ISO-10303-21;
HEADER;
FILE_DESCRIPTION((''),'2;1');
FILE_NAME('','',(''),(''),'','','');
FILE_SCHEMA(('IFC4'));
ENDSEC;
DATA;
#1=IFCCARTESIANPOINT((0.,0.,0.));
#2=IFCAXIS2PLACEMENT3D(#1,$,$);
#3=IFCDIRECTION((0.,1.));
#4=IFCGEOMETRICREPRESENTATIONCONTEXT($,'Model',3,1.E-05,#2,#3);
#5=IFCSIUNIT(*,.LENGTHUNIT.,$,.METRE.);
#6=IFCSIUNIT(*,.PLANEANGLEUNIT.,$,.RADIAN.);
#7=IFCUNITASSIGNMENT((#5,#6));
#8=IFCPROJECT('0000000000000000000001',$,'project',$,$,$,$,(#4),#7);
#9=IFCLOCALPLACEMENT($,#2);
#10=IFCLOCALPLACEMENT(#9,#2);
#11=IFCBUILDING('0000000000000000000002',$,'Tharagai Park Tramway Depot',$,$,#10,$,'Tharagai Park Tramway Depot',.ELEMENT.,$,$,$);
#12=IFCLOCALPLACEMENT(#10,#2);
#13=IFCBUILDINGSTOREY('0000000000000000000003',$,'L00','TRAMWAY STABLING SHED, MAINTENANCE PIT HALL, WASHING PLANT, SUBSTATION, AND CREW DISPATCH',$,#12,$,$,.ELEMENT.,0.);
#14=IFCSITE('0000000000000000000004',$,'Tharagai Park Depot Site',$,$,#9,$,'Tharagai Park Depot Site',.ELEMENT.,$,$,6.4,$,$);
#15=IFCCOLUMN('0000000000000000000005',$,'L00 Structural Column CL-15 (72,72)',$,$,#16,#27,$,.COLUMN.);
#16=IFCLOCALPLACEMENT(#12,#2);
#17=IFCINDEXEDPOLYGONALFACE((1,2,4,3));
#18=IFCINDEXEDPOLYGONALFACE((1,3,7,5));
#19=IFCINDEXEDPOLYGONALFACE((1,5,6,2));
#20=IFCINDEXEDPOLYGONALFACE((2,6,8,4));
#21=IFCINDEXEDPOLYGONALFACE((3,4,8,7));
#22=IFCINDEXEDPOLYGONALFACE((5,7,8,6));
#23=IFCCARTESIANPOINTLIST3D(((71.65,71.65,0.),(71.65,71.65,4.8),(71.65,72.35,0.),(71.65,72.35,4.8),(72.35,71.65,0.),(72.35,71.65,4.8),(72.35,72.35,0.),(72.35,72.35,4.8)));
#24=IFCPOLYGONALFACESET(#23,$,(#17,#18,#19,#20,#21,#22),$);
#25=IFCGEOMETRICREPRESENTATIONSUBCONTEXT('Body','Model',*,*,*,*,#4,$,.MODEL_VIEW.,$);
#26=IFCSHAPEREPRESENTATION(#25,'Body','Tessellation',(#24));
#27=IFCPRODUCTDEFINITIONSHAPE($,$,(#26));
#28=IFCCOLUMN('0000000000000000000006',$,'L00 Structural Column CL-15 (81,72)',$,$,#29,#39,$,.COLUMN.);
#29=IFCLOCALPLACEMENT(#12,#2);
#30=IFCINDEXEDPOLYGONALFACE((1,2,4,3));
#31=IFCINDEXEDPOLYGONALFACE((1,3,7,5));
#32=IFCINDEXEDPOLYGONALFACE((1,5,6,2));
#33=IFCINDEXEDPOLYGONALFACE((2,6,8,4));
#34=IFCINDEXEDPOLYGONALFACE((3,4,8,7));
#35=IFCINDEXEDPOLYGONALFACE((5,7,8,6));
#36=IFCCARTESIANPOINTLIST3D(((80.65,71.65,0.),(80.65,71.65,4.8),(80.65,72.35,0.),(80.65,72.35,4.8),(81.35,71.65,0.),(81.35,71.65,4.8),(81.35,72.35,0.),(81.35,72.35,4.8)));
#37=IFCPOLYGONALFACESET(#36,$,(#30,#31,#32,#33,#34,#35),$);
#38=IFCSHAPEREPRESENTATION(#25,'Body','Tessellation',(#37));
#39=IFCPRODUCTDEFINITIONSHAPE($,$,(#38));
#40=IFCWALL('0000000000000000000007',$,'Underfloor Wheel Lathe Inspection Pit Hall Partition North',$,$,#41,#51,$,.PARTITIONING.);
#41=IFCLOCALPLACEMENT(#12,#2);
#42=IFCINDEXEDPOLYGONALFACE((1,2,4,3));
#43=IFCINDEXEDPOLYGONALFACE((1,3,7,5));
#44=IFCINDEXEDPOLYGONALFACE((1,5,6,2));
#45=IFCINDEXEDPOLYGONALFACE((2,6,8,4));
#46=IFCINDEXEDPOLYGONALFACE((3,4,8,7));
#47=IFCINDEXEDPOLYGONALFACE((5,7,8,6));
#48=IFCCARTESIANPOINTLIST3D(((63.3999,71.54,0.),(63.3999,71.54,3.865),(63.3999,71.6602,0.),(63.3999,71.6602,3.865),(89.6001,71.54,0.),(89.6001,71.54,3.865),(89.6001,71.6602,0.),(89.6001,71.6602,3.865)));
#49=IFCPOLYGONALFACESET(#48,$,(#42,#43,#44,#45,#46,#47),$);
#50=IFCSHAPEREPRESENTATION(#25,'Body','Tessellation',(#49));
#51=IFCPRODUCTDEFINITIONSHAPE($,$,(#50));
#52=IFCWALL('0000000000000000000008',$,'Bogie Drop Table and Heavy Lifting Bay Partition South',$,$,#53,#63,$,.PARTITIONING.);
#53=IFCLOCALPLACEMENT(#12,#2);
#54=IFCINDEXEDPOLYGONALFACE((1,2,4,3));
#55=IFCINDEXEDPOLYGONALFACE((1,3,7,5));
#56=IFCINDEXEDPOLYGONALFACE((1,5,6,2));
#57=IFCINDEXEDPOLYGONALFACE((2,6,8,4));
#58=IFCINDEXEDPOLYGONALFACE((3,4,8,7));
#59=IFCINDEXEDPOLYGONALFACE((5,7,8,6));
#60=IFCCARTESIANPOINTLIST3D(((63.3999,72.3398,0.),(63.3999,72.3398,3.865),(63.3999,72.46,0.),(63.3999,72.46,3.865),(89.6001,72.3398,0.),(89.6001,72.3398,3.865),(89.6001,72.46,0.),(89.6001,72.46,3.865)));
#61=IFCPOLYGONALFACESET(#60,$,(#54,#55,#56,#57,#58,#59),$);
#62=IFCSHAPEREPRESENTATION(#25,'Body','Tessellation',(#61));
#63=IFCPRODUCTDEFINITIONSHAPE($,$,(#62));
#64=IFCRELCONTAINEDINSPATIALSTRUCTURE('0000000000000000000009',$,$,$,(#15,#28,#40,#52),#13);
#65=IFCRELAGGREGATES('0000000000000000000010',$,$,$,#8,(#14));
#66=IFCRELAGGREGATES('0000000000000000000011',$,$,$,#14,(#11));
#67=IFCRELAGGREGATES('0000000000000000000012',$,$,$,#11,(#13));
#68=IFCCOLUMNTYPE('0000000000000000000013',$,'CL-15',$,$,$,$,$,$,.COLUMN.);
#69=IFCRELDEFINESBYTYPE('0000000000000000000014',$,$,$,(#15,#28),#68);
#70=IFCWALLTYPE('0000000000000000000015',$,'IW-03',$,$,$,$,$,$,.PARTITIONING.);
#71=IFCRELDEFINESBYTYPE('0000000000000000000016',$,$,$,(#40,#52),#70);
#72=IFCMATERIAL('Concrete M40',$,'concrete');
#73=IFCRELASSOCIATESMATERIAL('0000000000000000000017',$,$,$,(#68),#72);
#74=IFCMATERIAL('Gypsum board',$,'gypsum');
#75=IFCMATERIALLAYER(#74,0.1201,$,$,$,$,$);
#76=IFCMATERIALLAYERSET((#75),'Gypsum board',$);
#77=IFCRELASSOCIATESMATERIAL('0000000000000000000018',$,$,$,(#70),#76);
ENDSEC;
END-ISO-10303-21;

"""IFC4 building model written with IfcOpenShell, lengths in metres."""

from ifc_helpers import new_model, si_unit, direction, frame, frame_2d, origin, origin_2d, place, context, subcontext, project, spatial, rectangle, extrude, material, layer, layer_set, material_profile, profile_set, type_object, element, save


model = new_model("IFC4")

# Units and contexts
model_context = context("Model", 3, precision=1e-05, world=origin(), true_north=direction((0.0, 1.0)))
body_context = subcontext(model_context, "Body", "Model", "MODEL_VIEW")
ifc_project = project(units=[si_unit("LENGTHUNIT", "METRE"), si_unit("PLANEANGLEUNIT", "RADIAN")], contexts=[model_context])

# Site, building, storey
site_placement = place(None, origin())
site = spatial("IfcSite", under=ifc_project, at=site_placement, Name="Tharagai Park Depot Site", LongName="Tharagai Park Depot Site", CompositionType="ELEMENT", RefElevation=6.4)
building_placement = place(site_placement, origin())
building = spatial("IfcBuilding", under=site, at=building_placement, Name="Tharagai Park Tramway Depot", LongName="Tharagai Park Tramway Depot", CompositionType="ELEMENT")
storey_placement = place(building_placement, origin())
storey = spatial("IfcBuildingStorey", under=building, at=storey_placement, Name="L00", Description="TRAMWAY STABLING SHED, MAINTENANCE PIT HALL, WASHING PLANT, SUBSTATION, AND CREW DISPATCH", CompositionType="ELEMENT", Elevation=0.0)

# Shared definitions
ifc_material_1 = material(Name="Concrete M40", Category="concrete")

# Columns
ifc_material_profile_1 = material_profile(ifc_material_1, rectangle(XDim=0.7, YDim=0.7, at=origin_2d()), Name="RC 700x700")
ifc_profile_set_1 = profile_set([ifc_material_profile_1], Name="Concrete M40")
column_type_1 = type_object("IfcColumnType", Name="CL-15", PredefinedType="COLUMN", material=ifc_profile_set_1)
for number, where, z_axis, x_axis, name in (
    (1, (72.0, 72.0, 0.0), (0.0, 0.0, 1.0), (1.0, 0.0, 0.0), "L00 Structural Column CL-15 (72,72)"),
    (2, (81.0, 72.0, 0.0), (0.0, 0.0, 1.0), (1.0, 0.0, 0.0), "L00 Structural Column CL-15 (81,72)"),
):
    element("IfcColumn", number, at=place(storey_placement, frame(where, z_axis=z_axis, x_axis=x_axis)), inside=storey, type_object=column_type_1, Name=name, PredefinedType="COLUMN", context=body_context, shape_type="SweptSolid", body=[
        extrude(rectangle(XDim=0.7, YDim=0.7, at=origin_2d()), origin(), (0.0, 0.0, 1.0), 4.8),
    ])

# Walls
ifc_material_2 = material(Name="Gypsum board", Category="gypsum")
ifc_layer = layer(ifc_material_2, 0.1201)
ifc_layer_set = layer_set([ifc_layer], Name="Gypsum board")
wall_type = type_object("IfcWallType", Name="IW-03", PredefinedType="PARTITIONING", material=ifc_layer_set)
for number, where, z_axis, x_axis, name in (
    (3, (63.3999, 71.6001, 0.0), (0.0, 0.0, 1.0), (1.0, 0.0, 0.0), "Underfloor Wheel Lathe Inspection Pit Hall Partition North"),
    (4, (63.3999, 72.3999, 0.0), (0.0, 0.0, 1.0), (1.0, 0.0, 0.0), "Bogie Drop Table and Heavy Lifting Bay Partition South"),
):
    element("IfcWall", number, at=place(storey_placement, frame(where, z_axis=z_axis, x_axis=x_axis)), inside=storey, type_object=wall_type, Name=name, PredefinedType="PARTITIONING", context=body_context, shape_type="SweptSolid", body=[
        extrude(rectangle(XDim=26.2002, YDim=0.1201, at=frame_2d((13.1001, 0.0))), origin(), (0.0, 0.0, 1.0), 3.865),
    ])

save(model, "model.ifc")
